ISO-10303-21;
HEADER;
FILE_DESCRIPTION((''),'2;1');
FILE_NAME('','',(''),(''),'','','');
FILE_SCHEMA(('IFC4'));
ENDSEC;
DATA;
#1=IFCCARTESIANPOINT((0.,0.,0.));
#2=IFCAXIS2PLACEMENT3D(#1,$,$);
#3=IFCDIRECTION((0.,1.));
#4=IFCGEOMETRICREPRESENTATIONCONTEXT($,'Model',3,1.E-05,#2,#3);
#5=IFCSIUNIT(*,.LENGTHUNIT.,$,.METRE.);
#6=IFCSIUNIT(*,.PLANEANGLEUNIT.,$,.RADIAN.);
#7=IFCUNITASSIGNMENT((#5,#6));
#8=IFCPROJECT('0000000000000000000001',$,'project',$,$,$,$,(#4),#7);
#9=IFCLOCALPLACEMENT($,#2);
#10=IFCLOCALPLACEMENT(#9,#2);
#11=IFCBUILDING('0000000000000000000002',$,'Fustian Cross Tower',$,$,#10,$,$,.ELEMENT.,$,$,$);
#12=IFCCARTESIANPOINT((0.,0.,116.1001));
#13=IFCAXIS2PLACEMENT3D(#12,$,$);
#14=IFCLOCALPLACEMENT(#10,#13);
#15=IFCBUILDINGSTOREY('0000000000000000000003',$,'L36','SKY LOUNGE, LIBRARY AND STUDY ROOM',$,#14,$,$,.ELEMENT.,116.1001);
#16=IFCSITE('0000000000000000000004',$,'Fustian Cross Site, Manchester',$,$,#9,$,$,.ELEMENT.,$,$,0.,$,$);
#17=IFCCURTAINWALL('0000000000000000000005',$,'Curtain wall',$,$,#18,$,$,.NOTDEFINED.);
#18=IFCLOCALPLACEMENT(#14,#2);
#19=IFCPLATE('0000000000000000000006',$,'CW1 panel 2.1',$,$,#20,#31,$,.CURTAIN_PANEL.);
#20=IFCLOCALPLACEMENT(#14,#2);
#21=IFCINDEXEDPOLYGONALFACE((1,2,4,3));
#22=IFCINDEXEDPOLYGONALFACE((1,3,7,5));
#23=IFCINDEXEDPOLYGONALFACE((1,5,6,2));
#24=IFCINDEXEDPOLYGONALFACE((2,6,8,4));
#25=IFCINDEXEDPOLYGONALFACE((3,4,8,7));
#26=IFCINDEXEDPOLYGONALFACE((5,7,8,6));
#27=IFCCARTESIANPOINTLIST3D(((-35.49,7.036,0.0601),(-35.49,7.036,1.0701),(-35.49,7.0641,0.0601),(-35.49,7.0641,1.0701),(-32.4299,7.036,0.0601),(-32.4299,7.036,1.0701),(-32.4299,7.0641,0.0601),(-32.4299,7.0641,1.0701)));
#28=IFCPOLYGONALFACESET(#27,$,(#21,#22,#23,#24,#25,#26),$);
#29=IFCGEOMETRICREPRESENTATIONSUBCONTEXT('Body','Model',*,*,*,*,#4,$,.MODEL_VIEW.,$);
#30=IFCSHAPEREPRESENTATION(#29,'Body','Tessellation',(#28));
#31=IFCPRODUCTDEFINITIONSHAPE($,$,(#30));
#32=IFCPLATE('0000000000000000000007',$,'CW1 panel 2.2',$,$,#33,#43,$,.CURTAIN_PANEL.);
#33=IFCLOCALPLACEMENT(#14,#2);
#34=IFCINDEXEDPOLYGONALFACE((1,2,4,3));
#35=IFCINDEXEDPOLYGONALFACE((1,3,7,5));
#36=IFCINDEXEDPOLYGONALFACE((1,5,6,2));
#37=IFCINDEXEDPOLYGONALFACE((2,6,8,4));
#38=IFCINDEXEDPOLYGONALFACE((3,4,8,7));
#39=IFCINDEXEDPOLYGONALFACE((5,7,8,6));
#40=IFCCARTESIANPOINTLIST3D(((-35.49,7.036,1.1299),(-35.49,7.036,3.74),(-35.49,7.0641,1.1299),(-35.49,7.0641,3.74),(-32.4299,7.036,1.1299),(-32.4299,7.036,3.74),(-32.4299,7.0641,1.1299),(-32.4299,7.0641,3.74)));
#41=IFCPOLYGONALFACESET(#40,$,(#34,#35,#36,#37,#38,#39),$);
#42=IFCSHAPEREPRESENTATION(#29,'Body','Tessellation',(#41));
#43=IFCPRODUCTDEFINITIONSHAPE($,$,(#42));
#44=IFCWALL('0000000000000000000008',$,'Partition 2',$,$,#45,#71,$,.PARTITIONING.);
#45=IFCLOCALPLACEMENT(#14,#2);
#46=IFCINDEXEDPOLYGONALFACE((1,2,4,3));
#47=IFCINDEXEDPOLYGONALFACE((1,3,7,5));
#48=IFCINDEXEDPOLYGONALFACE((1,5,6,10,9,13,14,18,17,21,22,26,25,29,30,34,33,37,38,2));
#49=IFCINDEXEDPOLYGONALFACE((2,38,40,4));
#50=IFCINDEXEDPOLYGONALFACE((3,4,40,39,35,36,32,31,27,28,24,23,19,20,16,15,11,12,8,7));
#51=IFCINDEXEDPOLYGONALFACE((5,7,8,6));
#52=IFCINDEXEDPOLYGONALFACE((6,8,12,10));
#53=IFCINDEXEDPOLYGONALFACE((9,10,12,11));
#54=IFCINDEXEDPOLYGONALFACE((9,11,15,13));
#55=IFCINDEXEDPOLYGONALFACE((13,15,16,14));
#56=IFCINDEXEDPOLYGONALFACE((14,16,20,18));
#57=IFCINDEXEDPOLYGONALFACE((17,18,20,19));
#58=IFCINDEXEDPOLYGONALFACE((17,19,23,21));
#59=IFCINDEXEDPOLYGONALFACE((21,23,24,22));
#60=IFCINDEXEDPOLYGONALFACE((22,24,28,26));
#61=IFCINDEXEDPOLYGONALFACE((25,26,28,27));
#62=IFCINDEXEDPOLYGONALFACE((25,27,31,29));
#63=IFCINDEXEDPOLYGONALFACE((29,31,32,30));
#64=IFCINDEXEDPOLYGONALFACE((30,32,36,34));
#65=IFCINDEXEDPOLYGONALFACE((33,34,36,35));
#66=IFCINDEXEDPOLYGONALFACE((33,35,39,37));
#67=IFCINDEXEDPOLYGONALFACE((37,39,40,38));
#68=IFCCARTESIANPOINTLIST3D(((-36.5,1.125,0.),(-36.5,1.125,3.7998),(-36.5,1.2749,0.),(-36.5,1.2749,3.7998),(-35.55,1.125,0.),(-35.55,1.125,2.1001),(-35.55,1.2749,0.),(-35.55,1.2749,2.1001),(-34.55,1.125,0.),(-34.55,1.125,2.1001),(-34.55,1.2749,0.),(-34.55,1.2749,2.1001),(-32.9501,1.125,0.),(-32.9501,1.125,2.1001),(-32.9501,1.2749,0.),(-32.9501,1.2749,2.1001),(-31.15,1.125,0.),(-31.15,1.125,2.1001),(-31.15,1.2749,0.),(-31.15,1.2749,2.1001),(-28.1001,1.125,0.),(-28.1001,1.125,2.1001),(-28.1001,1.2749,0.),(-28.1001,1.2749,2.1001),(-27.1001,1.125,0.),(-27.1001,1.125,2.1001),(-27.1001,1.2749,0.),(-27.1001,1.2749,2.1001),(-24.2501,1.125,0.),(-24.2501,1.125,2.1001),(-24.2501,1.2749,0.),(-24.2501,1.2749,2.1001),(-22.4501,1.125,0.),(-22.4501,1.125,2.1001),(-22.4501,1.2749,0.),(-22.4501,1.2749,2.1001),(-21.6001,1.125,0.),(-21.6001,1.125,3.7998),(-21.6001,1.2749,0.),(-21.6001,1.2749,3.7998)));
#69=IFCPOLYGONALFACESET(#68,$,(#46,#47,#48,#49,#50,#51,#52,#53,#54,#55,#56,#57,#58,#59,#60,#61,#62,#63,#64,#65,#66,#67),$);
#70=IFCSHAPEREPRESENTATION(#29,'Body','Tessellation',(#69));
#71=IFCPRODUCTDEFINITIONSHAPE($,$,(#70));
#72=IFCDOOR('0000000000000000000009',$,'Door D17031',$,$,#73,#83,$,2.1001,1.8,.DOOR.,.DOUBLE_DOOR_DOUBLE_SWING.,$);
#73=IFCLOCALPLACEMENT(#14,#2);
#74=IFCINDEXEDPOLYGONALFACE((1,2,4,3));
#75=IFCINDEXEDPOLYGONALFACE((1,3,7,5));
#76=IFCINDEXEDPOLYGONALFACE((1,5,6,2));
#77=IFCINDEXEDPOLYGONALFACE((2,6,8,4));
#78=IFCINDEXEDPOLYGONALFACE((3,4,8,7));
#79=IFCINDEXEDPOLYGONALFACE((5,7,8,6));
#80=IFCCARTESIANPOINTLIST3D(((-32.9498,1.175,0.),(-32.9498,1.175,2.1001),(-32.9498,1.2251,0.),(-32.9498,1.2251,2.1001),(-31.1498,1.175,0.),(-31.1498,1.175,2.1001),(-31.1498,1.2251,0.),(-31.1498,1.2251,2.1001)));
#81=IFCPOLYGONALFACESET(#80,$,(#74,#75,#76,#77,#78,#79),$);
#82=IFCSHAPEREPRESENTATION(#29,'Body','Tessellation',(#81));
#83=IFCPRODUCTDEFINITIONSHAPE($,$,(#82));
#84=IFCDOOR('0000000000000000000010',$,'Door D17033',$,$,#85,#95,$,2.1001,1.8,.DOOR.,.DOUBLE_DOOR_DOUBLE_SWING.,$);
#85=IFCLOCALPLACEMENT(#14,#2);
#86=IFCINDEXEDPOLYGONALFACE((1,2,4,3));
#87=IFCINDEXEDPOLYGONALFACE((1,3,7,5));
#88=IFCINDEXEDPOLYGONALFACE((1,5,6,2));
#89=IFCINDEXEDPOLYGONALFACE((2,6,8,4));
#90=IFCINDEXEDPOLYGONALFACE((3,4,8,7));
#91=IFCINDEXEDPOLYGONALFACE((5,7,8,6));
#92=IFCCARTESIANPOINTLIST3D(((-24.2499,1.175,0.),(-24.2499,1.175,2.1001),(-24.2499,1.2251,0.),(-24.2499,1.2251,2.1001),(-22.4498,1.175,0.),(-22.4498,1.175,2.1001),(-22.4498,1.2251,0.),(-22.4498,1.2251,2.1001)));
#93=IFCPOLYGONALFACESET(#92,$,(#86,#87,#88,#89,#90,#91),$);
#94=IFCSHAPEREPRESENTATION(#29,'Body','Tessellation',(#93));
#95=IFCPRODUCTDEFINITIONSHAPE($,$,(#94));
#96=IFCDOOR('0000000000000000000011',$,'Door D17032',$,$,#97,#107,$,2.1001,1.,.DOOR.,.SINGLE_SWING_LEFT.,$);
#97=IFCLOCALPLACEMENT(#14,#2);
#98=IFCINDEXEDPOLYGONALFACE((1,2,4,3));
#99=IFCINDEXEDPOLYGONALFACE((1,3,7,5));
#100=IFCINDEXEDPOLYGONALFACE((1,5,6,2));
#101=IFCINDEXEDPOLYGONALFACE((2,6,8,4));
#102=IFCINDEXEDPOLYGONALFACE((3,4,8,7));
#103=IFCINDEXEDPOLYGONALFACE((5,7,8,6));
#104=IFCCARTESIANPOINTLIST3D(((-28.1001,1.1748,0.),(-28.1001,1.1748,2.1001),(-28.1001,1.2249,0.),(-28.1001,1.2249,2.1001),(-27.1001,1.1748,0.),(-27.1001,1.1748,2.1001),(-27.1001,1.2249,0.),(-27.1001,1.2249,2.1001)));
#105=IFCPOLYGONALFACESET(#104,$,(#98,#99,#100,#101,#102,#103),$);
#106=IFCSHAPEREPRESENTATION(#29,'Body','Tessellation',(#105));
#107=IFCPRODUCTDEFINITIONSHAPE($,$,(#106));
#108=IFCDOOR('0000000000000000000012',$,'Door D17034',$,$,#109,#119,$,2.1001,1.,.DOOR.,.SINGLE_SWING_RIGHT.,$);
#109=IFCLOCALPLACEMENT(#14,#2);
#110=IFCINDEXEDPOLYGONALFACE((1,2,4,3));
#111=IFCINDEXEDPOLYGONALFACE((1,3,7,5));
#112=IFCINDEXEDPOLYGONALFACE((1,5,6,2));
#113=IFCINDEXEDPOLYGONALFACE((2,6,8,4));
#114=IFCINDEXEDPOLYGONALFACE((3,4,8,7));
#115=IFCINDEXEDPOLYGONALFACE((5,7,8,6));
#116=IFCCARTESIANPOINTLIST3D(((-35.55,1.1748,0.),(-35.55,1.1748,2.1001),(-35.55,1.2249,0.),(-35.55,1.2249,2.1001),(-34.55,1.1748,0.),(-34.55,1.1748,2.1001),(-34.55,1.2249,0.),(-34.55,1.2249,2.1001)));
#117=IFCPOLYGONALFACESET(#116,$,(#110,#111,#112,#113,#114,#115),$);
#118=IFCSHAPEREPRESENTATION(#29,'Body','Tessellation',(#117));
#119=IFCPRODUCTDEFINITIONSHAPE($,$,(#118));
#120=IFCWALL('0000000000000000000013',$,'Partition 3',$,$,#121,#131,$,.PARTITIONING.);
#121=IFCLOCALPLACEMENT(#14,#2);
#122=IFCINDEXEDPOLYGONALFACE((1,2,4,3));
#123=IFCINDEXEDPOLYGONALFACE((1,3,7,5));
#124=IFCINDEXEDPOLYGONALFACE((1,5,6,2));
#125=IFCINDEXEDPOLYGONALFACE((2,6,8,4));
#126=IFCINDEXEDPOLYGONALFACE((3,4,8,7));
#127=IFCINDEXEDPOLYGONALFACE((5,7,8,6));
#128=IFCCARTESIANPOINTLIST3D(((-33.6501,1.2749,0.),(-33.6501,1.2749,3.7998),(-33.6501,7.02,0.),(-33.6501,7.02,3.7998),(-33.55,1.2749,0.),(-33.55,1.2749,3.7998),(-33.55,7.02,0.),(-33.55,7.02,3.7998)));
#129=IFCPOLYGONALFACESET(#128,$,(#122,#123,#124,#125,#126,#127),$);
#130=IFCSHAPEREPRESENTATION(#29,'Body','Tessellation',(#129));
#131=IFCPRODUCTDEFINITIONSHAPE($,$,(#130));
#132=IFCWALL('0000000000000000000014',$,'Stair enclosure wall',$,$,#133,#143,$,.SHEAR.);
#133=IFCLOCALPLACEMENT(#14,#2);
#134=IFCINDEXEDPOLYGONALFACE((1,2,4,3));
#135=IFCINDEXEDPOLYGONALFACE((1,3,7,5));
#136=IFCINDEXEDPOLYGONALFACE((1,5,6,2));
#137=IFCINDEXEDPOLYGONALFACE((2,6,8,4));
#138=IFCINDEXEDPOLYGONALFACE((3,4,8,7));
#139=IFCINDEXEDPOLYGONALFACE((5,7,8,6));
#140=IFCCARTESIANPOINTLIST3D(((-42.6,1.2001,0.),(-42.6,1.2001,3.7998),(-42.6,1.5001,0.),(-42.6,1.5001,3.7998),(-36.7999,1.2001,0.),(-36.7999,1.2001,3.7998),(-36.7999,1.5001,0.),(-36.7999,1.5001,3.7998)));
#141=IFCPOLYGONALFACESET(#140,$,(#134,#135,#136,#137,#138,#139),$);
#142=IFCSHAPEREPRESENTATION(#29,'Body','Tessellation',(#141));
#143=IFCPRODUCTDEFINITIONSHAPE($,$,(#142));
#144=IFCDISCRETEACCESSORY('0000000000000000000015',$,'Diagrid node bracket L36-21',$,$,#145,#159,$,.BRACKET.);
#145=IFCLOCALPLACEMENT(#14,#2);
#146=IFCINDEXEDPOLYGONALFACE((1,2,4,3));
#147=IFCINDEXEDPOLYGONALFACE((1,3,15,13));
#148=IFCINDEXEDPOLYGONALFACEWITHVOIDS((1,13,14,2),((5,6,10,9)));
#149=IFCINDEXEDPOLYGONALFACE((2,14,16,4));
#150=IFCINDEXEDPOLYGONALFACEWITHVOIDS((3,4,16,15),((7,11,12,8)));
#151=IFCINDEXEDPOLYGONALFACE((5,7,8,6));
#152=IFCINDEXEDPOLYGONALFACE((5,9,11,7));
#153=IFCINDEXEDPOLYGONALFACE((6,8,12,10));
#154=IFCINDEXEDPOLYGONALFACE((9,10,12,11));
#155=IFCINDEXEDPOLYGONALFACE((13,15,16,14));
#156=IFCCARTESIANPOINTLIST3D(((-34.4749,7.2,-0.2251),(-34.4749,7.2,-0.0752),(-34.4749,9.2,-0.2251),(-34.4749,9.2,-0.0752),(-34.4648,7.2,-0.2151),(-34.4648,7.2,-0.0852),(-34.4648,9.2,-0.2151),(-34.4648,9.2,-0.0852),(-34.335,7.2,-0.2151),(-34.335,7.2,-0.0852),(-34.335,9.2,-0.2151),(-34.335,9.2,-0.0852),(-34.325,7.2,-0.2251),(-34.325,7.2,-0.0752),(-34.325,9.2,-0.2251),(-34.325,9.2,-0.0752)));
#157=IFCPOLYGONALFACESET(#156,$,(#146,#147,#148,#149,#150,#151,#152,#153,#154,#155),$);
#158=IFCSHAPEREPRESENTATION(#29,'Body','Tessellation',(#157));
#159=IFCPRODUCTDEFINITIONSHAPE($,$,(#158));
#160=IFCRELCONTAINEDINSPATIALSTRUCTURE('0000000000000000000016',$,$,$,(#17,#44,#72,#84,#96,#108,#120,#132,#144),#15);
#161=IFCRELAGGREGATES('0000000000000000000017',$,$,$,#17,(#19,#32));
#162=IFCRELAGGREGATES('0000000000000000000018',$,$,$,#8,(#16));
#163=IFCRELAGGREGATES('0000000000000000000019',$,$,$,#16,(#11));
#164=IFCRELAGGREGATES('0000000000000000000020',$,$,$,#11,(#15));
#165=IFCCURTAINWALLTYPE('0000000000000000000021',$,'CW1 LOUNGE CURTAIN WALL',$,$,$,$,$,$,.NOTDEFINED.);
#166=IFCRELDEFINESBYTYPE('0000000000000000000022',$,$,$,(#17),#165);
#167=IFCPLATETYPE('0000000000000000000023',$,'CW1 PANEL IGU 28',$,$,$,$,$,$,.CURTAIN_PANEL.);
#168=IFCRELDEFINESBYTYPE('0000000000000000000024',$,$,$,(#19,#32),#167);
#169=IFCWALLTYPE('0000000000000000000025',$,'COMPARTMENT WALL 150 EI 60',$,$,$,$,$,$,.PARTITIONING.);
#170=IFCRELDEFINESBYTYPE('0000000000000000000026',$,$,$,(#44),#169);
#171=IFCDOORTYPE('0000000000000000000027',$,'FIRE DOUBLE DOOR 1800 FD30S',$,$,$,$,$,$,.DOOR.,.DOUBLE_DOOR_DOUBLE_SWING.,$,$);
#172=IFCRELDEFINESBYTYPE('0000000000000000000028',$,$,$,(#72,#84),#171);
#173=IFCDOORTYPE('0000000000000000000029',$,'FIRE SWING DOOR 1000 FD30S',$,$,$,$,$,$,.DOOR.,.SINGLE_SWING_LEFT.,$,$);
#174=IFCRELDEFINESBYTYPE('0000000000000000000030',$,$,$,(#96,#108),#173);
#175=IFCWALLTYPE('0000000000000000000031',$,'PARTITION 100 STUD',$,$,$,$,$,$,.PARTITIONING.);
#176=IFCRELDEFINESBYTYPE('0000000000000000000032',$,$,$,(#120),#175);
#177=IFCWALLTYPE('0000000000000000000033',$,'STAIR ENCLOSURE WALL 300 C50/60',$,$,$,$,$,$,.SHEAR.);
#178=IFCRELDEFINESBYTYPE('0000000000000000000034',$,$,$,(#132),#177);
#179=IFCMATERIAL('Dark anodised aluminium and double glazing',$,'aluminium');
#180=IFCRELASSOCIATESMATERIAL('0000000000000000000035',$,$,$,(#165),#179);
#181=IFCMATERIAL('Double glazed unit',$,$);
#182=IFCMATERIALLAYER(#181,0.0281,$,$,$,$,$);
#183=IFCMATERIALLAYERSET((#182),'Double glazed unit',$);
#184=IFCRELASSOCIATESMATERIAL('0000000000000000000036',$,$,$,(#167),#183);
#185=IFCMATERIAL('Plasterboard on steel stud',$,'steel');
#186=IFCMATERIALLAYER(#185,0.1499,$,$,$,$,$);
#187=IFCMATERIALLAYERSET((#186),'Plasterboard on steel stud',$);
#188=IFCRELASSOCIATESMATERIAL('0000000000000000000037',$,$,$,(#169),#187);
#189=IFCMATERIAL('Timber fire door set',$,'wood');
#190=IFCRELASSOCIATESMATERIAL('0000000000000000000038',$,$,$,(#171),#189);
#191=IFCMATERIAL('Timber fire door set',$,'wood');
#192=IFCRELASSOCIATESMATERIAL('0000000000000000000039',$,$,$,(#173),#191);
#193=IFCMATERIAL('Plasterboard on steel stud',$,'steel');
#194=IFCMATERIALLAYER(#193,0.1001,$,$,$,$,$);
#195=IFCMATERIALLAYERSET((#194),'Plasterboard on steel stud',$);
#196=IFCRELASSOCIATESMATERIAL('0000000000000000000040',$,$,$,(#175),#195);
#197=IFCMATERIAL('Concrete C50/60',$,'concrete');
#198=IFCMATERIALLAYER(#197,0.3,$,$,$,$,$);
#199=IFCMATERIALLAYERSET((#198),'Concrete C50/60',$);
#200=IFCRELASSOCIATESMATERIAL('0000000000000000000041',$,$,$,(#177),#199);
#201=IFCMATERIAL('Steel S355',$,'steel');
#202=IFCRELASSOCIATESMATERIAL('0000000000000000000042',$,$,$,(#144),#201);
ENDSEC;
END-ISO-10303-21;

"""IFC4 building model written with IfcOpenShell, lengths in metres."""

from ifc_helpers import new_model, si_unit, direction, frame, frame_2d, origin, origin_2d, place, context, subcontext, project, spatial, rectangle, hollow_rectangle, extrude, material, layer, layer_set, type_object, element, fill, aggregate, save


model = new_model("IFC4")

# Units and contexts
model_context = context("Model", 3, precision=1e-05, world=origin(), true_north=direction((0.0, 1.0)))
body_context = subcontext(model_context, "Body", "Model", "MODEL_VIEW")
ifc_project = project(units=[si_unit("LENGTHUNIT", "METRE"), si_unit("PLANEANGLEUNIT", "RADIAN")], contexts=[model_context])

# Site, building, storey
site_placement = place(None, origin())
site = spatial("IfcSite", under=ifc_project, at=site_placement, Name="Fustian Cross Site, Manchester", CompositionType="ELEMENT", RefElevation=0.0)
building_placement = place(site_placement, origin())
building = spatial("IfcBuilding", under=site, at=building_placement, Name="Fustian Cross Tower", CompositionType="ELEMENT")
storey_placement = place(building_placement, frame((0.0, 0.0, 116.1001)))
storey = spatial("IfcBuildingStorey", under=building, at=storey_placement, Name="L36", Description="SKY LOUNGE, LIBRARY AND STUDY ROOM", CompositionType="ELEMENT", Elevation=116.1001)

# Curtain wall
ifc_material_1 = material(Name="Dark anodised aluminium and double glazing", Category="aluminium")
curtain_wall_type = type_object("IfcCurtainWallType", Name="CW1 LOUNGE CURTAIN WALL", PredefinedType="NOTDEFINED", material=ifc_material_1)
curtain_wall_1_placement = place(storey_placement, origin())
curtain_wall_1 = element("IfcCurtainWall", 1, at=curtain_wall_1_placement, inside=storey, type_object=curtain_wall_type, Name="Curtain wall", PredefinedType="NOTDEFINED")

# Plates
ifc_material_2 = material(Name="Double glazed unit")
ifc_layer_1 = layer(ifc_material_2, 0.0281)
ifc_layer_set_1 = layer_set([ifc_layer_1], Name="Double glazed unit")
plate_type = type_object("IfcPlateType", Name="CW1 PANEL IGU 28", PredefinedType="CURTAIN_PANEL", material=ifc_layer_set_1)
plate_1_placement = place(storey_placement, frame((-33.96, 7.05, 0.0601), z_axis=(0.0, 0.0, 1.0), x_axis=(-1.0, 0.0, 0.0)))
plate_1 = element("IfcPlate", 2, at=plate_1_placement, type_object=plate_type, Name="CW1 panel 2.1", PredefinedType="CURTAIN_PANEL", context=body_context, shape_type="SweptSolid", body=[
    extrude(rectangle(XDim=3.0601, YDim=0.0281, at=origin_2d()), origin(), (0.0, 0.0, 1.0), 1.01),
])
plate_2_placement = place(storey_placement, frame((-33.96, 7.05, 1.1299), z_axis=(0.0, 0.0, 1.0), x_axis=(-1.0, 0.0, 0.0)))
plate_2 = element("IfcPlate", 3, at=plate_2_placement, type_object=plate_type, Name="CW1 panel 2.2", PredefinedType="CURTAIN_PANEL", context=body_context, shape_type="SweptSolid", body=[
    extrude(rectangle(XDim=3.0601, YDim=0.0281, at=origin_2d()), origin(), (0.0, 0.0, 1.0), 2.6101),
])
aggregate(curtain_wall_1, [plate_1, plate_2])

# Wall, openings, doors
ifc_material_3 = material(Name="Plasterboard on steel stud", Category="steel")
ifc_layer_2 = layer(ifc_material_3, 0.1499)
ifc_layer_set_2 = layer_set([ifc_layer_2], Name="Plasterboard on steel stud")
wall_type_1 = type_object("IfcWallType", Name="COMPARTMENT WALL 150 EI 60", PredefinedType="PARTITIONING", material=ifc_layer_set_2)
wall_1_placement = place(storey_placement, frame((-36.5, 1.2, 0.0), z_axis=(0.0, 0.0, 1.0), x_axis=(1.0, 0.0, 0.0)))
wall_1 = element("IfcWall", 4, at=wall_1_placement, inside=storey, type_object=wall_type_1, Name="Partition 2", PredefinedType="PARTITIONING", context=body_context, shape_type="SweptSolid", body=[
    extrude(rectangle(XDim=14.8999, YDim=0.1499, at=frame_2d((7.45, 0.0))), origin(), (0.0, 0.0, 1.0), 3.7998),
])
opening_1_placement = place(wall_1_placement, frame((3.55, 0.0, 0.0)))
opening_1 = element("IfcOpeningElement", 5, at=opening_1_placement, cuts=wall_1, PredefinedType="OPENING", context=body_context, shape_type="SweptSolid", body=[
    extrude(rectangle(XDim=1.8, YDim=2.1001, at=frame_2d((0.8999, 1.05))), frame((0.0, 0.085, 0.0), z_axis=(0.0, -1.0, 0.0), x_axis=(1.0, 0.0, 0.0)), (0.0, 0.0, 1.0), 0.1699),
])
opening_2_placement = place(wall_1_placement, frame((8.3999, 0.0, 0.0)))
opening_2 = element("IfcOpeningElement", 6, at=opening_2_placement, cuts=wall_1, PredefinedType="OPENING", context=body_context, shape_type="SweptSolid", body=[
    extrude(rectangle(XDim=1.0, YDim=2.1001, at=frame_2d((0.5, 1.05))), frame((0.0, 0.085, 0.0), z_axis=(0.0, -1.0, 0.0), x_axis=(1.0, 0.0, 0.0)), (0.0, 0.0, 1.0), 0.1699),
])
opening_3_placement = place(wall_1_placement, frame((12.25, 0.0, 0.0)))
opening_3 = element("IfcOpeningElement", 7, at=opening_3_placement, cuts=wall_1, PredefinedType="OPENING", context=body_context, shape_type="SweptSolid", body=[
    extrude(rectangle(XDim=1.8, YDim=2.1001, at=frame_2d((0.8999, 1.05))), frame((0.0, 0.085, 0.0), z_axis=(0.0, -1.0, 0.0), x_axis=(1.0, 0.0, 0.0)), (0.0, 0.0, 1.0), 0.1699),
])
opening_4_placement = place(wall_1_placement, frame((0.95, 0.0, 0.0)))
opening_4 = element("IfcOpeningElement", 8, at=opening_4_placement, cuts=wall_1, PredefinedType="OPENING", context=body_context, shape_type="SweptSolid", body=[
    extrude(rectangle(XDim=1.0, YDim=2.1001, at=frame_2d((0.5, 1.05))), frame((0.0, 0.085, 0.0), z_axis=(0.0, -1.0, 0.0), x_axis=(1.0, 0.0, 0.0)), (0.0, 0.0, 1.0), 0.1699),
])
ifc_material_4 = material(Name="Timber fire door set", Category="wood")
door_type_1 = type_object("IfcDoorType", Name="FIRE DOUBLE DOOR 1800 FD30S", OperationType="DOUBLE_DOOR_DOUBLE_SWING", PredefinedType="DOOR", material=ifc_material_4)
door_1_placement = place(opening_1_placement, frame((1.8, 0.0, 0.0), z_axis=(0.0, 0.0, 1.0), x_axis=(-1.0, 0.0, 0.0)))
door_1 = element("IfcDoor", 9, at=door_1_placement, inside=storey, type_object=door_type_1, Name="Door D17031", OperationType="DOUBLE_DOOR_DOUBLE_SWING", OverallHeight=2.1001, OverallWidth=1.8, PredefinedType="DOOR", context=body_context, shape_type="SweptSolid", body=[
    extrude(rectangle(XDim=1.8, YDim=2.1001, at=frame_2d((0.8999, 1.05))), frame((0.0, 0.0249, 0.0), z_axis=(0.0, -1.0, 0.0), x_axis=(1.0, 0.0, 0.0)), (0.0, 0.0, 1.0), 0.05),
])
fill(opening_1, door_1)
door_2_placement = place(opening_3_placement, frame((1.8, 0.0, 0.0), z_axis=(0.0, 0.0, 1.0), x_axis=(-1.0, 0.0, 0.0)))
door_2 = element("IfcDoor", 10, at=door_2_placement, inside=storey, type_object=door_type_1, Name="Door D17033", OperationType="DOUBLE_DOOR_DOUBLE_SWING", OverallHeight=2.1001, OverallWidth=1.8, PredefinedType="DOOR", context=body_context, shape_type="SweptSolid", body=[
    extrude(rectangle(XDim=1.8, YDim=2.1001, at=frame_2d((0.8999, 1.05))), frame((0.0, 0.0249, 0.0), z_axis=(0.0, -1.0, 0.0), x_axis=(1.0, 0.0, 0.0)), (0.0, 0.0, 1.0), 0.05),
])
fill(opening_3, door_2)
ifc_material_5 = material(Name="Timber fire door set", Category="wood")
door_type_2 = type_object("IfcDoorType", Name="FIRE SWING DOOR 1000 FD30S", OperationType="SINGLE_SWING_LEFT", PredefinedType="DOOR", material=ifc_material_5)
door_3_placement = place(opening_2_placement, origin())
door_3 = element("IfcDoor", 11, at=door_3_placement, inside=storey, type_object=door_type_2, Name="Door D17032", OperationType="SINGLE_SWING_LEFT", OverallHeight=2.1001, OverallWidth=1.0, PredefinedType="DOOR", context=body_context, shape_type="SweptSolid", body=[
    extrude(rectangle(XDim=1.0, YDim=2.1001, at=frame_2d((0.5, 1.05))), frame((0.0, 0.0249, 0.0), z_axis=(0.0, -1.0, 0.0), x_axis=(1.0, 0.0, 0.0)), (0.0, 0.0, 1.0), 0.05),
])
fill(opening_2, door_3)
door_4_placement = place(opening_4_placement, origin())
door_4 = element("IfcDoor", 12, at=door_4_placement, inside=storey, type_object=door_type_2, Name="Door D17034", OperationType="SINGLE_SWING_RIGHT", OverallHeight=2.1001, OverallWidth=1.0, PredefinedType="DOOR", context=body_context, shape_type="SweptSolid", body=[
    extrude(rectangle(XDim=1.0, YDim=2.1001, at=frame_2d((0.5, 1.05))), frame((0.0, 0.0249, 0.0), z_axis=(0.0, -1.0, 0.0), x_axis=(1.0, 0.0, 0.0)), (0.0, 0.0, 1.0), 0.05),
])
fill(opening_4, door_4)

# Walls
ifc_material_6 = material(Name="Plasterboard on steel stud", Category="steel")
ifc_layer_3 = layer(ifc_material_6, 0.1001)
ifc_layer_set_3 = layer_set([ifc_layer_3], Name="Plasterboard on steel stud")
wall_type_2 = type_object("IfcWallType", Name="PARTITION 100 STUD", PredefinedType="PARTITIONING", material=ifc_layer_set_3)
wall_2_placement = place(storey_placement, frame((-33.6001, 1.2749, 0.0), z_axis=(0.0, 0.0, 1.0), x_axis=(0.0, 1.0, 0.0)))
element("IfcWall", 13, at=wall_2_placement, inside=storey, type_object=wall_type_2, Name="Partition 3", PredefinedType="PARTITIONING", context=body_context, shape_type="SweptSolid", body=[
    extrude(rectangle(XDim=5.7451, YDim=0.1001, at=frame_2d((2.8726, 0.0))), origin(), (0.0, 0.0, 1.0), 3.7998),
])
ifc_material_7 = material(Name="Concrete C50/60", Category="concrete")
ifc_layer_4 = layer(ifc_material_7, 0.3)
ifc_layer_set_4 = layer_set([ifc_layer_4], Name="Concrete C50/60")
wall_type_3 = type_object("IfcWallType", Name="STAIR ENCLOSURE WALL 300 C50/60", PredefinedType="SHEAR", material=ifc_layer_set_4)
wall_3_placement = place(storey_placement, frame((-36.8, 1.3501, 0.0), z_axis=(0.0, 0.0, 1.0), x_axis=(-1.0, 0.0, 0.0)))
element("IfcWall", 14, at=wall_3_placement, inside=storey, type_object=wall_type_3, Name="Stair enclosure wall", PredefinedType="SHEAR", context=body_context, shape_type="SweptSolid", body=[
    extrude(rectangle(XDim=5.8, YDim=0.3, at=frame_2d((2.8999, 0.0))), origin(), (0.0, 0.0, 1.0), 3.7998),
])

# Discrete accessory
ifc_material_8 = material(Name="Steel S355", Category="steel")
discrete_accessory_placement = place(storey_placement, frame((-34.3999, 9.2, -0.1501), z_axis=(0.0, -1.0, 0.0), x_axis=(1.0, 0.0, 0.0)))
element("IfcDiscreteAccessory", 15, at=discrete_accessory_placement, inside=storey, material=ifc_material_8, Name="Diagrid node bracket L36-21", PredefinedType="BRACKET", context=body_context, shape_type="SweptSolid", body=[
    extrude(hollow_rectangle(XDim=0.1499, YDim=0.1499, WallThickness=0.01, at=origin_2d()), origin(), (0.0, 0.0, 1.0), 2.0),
])

save(model, "model.ifc")
